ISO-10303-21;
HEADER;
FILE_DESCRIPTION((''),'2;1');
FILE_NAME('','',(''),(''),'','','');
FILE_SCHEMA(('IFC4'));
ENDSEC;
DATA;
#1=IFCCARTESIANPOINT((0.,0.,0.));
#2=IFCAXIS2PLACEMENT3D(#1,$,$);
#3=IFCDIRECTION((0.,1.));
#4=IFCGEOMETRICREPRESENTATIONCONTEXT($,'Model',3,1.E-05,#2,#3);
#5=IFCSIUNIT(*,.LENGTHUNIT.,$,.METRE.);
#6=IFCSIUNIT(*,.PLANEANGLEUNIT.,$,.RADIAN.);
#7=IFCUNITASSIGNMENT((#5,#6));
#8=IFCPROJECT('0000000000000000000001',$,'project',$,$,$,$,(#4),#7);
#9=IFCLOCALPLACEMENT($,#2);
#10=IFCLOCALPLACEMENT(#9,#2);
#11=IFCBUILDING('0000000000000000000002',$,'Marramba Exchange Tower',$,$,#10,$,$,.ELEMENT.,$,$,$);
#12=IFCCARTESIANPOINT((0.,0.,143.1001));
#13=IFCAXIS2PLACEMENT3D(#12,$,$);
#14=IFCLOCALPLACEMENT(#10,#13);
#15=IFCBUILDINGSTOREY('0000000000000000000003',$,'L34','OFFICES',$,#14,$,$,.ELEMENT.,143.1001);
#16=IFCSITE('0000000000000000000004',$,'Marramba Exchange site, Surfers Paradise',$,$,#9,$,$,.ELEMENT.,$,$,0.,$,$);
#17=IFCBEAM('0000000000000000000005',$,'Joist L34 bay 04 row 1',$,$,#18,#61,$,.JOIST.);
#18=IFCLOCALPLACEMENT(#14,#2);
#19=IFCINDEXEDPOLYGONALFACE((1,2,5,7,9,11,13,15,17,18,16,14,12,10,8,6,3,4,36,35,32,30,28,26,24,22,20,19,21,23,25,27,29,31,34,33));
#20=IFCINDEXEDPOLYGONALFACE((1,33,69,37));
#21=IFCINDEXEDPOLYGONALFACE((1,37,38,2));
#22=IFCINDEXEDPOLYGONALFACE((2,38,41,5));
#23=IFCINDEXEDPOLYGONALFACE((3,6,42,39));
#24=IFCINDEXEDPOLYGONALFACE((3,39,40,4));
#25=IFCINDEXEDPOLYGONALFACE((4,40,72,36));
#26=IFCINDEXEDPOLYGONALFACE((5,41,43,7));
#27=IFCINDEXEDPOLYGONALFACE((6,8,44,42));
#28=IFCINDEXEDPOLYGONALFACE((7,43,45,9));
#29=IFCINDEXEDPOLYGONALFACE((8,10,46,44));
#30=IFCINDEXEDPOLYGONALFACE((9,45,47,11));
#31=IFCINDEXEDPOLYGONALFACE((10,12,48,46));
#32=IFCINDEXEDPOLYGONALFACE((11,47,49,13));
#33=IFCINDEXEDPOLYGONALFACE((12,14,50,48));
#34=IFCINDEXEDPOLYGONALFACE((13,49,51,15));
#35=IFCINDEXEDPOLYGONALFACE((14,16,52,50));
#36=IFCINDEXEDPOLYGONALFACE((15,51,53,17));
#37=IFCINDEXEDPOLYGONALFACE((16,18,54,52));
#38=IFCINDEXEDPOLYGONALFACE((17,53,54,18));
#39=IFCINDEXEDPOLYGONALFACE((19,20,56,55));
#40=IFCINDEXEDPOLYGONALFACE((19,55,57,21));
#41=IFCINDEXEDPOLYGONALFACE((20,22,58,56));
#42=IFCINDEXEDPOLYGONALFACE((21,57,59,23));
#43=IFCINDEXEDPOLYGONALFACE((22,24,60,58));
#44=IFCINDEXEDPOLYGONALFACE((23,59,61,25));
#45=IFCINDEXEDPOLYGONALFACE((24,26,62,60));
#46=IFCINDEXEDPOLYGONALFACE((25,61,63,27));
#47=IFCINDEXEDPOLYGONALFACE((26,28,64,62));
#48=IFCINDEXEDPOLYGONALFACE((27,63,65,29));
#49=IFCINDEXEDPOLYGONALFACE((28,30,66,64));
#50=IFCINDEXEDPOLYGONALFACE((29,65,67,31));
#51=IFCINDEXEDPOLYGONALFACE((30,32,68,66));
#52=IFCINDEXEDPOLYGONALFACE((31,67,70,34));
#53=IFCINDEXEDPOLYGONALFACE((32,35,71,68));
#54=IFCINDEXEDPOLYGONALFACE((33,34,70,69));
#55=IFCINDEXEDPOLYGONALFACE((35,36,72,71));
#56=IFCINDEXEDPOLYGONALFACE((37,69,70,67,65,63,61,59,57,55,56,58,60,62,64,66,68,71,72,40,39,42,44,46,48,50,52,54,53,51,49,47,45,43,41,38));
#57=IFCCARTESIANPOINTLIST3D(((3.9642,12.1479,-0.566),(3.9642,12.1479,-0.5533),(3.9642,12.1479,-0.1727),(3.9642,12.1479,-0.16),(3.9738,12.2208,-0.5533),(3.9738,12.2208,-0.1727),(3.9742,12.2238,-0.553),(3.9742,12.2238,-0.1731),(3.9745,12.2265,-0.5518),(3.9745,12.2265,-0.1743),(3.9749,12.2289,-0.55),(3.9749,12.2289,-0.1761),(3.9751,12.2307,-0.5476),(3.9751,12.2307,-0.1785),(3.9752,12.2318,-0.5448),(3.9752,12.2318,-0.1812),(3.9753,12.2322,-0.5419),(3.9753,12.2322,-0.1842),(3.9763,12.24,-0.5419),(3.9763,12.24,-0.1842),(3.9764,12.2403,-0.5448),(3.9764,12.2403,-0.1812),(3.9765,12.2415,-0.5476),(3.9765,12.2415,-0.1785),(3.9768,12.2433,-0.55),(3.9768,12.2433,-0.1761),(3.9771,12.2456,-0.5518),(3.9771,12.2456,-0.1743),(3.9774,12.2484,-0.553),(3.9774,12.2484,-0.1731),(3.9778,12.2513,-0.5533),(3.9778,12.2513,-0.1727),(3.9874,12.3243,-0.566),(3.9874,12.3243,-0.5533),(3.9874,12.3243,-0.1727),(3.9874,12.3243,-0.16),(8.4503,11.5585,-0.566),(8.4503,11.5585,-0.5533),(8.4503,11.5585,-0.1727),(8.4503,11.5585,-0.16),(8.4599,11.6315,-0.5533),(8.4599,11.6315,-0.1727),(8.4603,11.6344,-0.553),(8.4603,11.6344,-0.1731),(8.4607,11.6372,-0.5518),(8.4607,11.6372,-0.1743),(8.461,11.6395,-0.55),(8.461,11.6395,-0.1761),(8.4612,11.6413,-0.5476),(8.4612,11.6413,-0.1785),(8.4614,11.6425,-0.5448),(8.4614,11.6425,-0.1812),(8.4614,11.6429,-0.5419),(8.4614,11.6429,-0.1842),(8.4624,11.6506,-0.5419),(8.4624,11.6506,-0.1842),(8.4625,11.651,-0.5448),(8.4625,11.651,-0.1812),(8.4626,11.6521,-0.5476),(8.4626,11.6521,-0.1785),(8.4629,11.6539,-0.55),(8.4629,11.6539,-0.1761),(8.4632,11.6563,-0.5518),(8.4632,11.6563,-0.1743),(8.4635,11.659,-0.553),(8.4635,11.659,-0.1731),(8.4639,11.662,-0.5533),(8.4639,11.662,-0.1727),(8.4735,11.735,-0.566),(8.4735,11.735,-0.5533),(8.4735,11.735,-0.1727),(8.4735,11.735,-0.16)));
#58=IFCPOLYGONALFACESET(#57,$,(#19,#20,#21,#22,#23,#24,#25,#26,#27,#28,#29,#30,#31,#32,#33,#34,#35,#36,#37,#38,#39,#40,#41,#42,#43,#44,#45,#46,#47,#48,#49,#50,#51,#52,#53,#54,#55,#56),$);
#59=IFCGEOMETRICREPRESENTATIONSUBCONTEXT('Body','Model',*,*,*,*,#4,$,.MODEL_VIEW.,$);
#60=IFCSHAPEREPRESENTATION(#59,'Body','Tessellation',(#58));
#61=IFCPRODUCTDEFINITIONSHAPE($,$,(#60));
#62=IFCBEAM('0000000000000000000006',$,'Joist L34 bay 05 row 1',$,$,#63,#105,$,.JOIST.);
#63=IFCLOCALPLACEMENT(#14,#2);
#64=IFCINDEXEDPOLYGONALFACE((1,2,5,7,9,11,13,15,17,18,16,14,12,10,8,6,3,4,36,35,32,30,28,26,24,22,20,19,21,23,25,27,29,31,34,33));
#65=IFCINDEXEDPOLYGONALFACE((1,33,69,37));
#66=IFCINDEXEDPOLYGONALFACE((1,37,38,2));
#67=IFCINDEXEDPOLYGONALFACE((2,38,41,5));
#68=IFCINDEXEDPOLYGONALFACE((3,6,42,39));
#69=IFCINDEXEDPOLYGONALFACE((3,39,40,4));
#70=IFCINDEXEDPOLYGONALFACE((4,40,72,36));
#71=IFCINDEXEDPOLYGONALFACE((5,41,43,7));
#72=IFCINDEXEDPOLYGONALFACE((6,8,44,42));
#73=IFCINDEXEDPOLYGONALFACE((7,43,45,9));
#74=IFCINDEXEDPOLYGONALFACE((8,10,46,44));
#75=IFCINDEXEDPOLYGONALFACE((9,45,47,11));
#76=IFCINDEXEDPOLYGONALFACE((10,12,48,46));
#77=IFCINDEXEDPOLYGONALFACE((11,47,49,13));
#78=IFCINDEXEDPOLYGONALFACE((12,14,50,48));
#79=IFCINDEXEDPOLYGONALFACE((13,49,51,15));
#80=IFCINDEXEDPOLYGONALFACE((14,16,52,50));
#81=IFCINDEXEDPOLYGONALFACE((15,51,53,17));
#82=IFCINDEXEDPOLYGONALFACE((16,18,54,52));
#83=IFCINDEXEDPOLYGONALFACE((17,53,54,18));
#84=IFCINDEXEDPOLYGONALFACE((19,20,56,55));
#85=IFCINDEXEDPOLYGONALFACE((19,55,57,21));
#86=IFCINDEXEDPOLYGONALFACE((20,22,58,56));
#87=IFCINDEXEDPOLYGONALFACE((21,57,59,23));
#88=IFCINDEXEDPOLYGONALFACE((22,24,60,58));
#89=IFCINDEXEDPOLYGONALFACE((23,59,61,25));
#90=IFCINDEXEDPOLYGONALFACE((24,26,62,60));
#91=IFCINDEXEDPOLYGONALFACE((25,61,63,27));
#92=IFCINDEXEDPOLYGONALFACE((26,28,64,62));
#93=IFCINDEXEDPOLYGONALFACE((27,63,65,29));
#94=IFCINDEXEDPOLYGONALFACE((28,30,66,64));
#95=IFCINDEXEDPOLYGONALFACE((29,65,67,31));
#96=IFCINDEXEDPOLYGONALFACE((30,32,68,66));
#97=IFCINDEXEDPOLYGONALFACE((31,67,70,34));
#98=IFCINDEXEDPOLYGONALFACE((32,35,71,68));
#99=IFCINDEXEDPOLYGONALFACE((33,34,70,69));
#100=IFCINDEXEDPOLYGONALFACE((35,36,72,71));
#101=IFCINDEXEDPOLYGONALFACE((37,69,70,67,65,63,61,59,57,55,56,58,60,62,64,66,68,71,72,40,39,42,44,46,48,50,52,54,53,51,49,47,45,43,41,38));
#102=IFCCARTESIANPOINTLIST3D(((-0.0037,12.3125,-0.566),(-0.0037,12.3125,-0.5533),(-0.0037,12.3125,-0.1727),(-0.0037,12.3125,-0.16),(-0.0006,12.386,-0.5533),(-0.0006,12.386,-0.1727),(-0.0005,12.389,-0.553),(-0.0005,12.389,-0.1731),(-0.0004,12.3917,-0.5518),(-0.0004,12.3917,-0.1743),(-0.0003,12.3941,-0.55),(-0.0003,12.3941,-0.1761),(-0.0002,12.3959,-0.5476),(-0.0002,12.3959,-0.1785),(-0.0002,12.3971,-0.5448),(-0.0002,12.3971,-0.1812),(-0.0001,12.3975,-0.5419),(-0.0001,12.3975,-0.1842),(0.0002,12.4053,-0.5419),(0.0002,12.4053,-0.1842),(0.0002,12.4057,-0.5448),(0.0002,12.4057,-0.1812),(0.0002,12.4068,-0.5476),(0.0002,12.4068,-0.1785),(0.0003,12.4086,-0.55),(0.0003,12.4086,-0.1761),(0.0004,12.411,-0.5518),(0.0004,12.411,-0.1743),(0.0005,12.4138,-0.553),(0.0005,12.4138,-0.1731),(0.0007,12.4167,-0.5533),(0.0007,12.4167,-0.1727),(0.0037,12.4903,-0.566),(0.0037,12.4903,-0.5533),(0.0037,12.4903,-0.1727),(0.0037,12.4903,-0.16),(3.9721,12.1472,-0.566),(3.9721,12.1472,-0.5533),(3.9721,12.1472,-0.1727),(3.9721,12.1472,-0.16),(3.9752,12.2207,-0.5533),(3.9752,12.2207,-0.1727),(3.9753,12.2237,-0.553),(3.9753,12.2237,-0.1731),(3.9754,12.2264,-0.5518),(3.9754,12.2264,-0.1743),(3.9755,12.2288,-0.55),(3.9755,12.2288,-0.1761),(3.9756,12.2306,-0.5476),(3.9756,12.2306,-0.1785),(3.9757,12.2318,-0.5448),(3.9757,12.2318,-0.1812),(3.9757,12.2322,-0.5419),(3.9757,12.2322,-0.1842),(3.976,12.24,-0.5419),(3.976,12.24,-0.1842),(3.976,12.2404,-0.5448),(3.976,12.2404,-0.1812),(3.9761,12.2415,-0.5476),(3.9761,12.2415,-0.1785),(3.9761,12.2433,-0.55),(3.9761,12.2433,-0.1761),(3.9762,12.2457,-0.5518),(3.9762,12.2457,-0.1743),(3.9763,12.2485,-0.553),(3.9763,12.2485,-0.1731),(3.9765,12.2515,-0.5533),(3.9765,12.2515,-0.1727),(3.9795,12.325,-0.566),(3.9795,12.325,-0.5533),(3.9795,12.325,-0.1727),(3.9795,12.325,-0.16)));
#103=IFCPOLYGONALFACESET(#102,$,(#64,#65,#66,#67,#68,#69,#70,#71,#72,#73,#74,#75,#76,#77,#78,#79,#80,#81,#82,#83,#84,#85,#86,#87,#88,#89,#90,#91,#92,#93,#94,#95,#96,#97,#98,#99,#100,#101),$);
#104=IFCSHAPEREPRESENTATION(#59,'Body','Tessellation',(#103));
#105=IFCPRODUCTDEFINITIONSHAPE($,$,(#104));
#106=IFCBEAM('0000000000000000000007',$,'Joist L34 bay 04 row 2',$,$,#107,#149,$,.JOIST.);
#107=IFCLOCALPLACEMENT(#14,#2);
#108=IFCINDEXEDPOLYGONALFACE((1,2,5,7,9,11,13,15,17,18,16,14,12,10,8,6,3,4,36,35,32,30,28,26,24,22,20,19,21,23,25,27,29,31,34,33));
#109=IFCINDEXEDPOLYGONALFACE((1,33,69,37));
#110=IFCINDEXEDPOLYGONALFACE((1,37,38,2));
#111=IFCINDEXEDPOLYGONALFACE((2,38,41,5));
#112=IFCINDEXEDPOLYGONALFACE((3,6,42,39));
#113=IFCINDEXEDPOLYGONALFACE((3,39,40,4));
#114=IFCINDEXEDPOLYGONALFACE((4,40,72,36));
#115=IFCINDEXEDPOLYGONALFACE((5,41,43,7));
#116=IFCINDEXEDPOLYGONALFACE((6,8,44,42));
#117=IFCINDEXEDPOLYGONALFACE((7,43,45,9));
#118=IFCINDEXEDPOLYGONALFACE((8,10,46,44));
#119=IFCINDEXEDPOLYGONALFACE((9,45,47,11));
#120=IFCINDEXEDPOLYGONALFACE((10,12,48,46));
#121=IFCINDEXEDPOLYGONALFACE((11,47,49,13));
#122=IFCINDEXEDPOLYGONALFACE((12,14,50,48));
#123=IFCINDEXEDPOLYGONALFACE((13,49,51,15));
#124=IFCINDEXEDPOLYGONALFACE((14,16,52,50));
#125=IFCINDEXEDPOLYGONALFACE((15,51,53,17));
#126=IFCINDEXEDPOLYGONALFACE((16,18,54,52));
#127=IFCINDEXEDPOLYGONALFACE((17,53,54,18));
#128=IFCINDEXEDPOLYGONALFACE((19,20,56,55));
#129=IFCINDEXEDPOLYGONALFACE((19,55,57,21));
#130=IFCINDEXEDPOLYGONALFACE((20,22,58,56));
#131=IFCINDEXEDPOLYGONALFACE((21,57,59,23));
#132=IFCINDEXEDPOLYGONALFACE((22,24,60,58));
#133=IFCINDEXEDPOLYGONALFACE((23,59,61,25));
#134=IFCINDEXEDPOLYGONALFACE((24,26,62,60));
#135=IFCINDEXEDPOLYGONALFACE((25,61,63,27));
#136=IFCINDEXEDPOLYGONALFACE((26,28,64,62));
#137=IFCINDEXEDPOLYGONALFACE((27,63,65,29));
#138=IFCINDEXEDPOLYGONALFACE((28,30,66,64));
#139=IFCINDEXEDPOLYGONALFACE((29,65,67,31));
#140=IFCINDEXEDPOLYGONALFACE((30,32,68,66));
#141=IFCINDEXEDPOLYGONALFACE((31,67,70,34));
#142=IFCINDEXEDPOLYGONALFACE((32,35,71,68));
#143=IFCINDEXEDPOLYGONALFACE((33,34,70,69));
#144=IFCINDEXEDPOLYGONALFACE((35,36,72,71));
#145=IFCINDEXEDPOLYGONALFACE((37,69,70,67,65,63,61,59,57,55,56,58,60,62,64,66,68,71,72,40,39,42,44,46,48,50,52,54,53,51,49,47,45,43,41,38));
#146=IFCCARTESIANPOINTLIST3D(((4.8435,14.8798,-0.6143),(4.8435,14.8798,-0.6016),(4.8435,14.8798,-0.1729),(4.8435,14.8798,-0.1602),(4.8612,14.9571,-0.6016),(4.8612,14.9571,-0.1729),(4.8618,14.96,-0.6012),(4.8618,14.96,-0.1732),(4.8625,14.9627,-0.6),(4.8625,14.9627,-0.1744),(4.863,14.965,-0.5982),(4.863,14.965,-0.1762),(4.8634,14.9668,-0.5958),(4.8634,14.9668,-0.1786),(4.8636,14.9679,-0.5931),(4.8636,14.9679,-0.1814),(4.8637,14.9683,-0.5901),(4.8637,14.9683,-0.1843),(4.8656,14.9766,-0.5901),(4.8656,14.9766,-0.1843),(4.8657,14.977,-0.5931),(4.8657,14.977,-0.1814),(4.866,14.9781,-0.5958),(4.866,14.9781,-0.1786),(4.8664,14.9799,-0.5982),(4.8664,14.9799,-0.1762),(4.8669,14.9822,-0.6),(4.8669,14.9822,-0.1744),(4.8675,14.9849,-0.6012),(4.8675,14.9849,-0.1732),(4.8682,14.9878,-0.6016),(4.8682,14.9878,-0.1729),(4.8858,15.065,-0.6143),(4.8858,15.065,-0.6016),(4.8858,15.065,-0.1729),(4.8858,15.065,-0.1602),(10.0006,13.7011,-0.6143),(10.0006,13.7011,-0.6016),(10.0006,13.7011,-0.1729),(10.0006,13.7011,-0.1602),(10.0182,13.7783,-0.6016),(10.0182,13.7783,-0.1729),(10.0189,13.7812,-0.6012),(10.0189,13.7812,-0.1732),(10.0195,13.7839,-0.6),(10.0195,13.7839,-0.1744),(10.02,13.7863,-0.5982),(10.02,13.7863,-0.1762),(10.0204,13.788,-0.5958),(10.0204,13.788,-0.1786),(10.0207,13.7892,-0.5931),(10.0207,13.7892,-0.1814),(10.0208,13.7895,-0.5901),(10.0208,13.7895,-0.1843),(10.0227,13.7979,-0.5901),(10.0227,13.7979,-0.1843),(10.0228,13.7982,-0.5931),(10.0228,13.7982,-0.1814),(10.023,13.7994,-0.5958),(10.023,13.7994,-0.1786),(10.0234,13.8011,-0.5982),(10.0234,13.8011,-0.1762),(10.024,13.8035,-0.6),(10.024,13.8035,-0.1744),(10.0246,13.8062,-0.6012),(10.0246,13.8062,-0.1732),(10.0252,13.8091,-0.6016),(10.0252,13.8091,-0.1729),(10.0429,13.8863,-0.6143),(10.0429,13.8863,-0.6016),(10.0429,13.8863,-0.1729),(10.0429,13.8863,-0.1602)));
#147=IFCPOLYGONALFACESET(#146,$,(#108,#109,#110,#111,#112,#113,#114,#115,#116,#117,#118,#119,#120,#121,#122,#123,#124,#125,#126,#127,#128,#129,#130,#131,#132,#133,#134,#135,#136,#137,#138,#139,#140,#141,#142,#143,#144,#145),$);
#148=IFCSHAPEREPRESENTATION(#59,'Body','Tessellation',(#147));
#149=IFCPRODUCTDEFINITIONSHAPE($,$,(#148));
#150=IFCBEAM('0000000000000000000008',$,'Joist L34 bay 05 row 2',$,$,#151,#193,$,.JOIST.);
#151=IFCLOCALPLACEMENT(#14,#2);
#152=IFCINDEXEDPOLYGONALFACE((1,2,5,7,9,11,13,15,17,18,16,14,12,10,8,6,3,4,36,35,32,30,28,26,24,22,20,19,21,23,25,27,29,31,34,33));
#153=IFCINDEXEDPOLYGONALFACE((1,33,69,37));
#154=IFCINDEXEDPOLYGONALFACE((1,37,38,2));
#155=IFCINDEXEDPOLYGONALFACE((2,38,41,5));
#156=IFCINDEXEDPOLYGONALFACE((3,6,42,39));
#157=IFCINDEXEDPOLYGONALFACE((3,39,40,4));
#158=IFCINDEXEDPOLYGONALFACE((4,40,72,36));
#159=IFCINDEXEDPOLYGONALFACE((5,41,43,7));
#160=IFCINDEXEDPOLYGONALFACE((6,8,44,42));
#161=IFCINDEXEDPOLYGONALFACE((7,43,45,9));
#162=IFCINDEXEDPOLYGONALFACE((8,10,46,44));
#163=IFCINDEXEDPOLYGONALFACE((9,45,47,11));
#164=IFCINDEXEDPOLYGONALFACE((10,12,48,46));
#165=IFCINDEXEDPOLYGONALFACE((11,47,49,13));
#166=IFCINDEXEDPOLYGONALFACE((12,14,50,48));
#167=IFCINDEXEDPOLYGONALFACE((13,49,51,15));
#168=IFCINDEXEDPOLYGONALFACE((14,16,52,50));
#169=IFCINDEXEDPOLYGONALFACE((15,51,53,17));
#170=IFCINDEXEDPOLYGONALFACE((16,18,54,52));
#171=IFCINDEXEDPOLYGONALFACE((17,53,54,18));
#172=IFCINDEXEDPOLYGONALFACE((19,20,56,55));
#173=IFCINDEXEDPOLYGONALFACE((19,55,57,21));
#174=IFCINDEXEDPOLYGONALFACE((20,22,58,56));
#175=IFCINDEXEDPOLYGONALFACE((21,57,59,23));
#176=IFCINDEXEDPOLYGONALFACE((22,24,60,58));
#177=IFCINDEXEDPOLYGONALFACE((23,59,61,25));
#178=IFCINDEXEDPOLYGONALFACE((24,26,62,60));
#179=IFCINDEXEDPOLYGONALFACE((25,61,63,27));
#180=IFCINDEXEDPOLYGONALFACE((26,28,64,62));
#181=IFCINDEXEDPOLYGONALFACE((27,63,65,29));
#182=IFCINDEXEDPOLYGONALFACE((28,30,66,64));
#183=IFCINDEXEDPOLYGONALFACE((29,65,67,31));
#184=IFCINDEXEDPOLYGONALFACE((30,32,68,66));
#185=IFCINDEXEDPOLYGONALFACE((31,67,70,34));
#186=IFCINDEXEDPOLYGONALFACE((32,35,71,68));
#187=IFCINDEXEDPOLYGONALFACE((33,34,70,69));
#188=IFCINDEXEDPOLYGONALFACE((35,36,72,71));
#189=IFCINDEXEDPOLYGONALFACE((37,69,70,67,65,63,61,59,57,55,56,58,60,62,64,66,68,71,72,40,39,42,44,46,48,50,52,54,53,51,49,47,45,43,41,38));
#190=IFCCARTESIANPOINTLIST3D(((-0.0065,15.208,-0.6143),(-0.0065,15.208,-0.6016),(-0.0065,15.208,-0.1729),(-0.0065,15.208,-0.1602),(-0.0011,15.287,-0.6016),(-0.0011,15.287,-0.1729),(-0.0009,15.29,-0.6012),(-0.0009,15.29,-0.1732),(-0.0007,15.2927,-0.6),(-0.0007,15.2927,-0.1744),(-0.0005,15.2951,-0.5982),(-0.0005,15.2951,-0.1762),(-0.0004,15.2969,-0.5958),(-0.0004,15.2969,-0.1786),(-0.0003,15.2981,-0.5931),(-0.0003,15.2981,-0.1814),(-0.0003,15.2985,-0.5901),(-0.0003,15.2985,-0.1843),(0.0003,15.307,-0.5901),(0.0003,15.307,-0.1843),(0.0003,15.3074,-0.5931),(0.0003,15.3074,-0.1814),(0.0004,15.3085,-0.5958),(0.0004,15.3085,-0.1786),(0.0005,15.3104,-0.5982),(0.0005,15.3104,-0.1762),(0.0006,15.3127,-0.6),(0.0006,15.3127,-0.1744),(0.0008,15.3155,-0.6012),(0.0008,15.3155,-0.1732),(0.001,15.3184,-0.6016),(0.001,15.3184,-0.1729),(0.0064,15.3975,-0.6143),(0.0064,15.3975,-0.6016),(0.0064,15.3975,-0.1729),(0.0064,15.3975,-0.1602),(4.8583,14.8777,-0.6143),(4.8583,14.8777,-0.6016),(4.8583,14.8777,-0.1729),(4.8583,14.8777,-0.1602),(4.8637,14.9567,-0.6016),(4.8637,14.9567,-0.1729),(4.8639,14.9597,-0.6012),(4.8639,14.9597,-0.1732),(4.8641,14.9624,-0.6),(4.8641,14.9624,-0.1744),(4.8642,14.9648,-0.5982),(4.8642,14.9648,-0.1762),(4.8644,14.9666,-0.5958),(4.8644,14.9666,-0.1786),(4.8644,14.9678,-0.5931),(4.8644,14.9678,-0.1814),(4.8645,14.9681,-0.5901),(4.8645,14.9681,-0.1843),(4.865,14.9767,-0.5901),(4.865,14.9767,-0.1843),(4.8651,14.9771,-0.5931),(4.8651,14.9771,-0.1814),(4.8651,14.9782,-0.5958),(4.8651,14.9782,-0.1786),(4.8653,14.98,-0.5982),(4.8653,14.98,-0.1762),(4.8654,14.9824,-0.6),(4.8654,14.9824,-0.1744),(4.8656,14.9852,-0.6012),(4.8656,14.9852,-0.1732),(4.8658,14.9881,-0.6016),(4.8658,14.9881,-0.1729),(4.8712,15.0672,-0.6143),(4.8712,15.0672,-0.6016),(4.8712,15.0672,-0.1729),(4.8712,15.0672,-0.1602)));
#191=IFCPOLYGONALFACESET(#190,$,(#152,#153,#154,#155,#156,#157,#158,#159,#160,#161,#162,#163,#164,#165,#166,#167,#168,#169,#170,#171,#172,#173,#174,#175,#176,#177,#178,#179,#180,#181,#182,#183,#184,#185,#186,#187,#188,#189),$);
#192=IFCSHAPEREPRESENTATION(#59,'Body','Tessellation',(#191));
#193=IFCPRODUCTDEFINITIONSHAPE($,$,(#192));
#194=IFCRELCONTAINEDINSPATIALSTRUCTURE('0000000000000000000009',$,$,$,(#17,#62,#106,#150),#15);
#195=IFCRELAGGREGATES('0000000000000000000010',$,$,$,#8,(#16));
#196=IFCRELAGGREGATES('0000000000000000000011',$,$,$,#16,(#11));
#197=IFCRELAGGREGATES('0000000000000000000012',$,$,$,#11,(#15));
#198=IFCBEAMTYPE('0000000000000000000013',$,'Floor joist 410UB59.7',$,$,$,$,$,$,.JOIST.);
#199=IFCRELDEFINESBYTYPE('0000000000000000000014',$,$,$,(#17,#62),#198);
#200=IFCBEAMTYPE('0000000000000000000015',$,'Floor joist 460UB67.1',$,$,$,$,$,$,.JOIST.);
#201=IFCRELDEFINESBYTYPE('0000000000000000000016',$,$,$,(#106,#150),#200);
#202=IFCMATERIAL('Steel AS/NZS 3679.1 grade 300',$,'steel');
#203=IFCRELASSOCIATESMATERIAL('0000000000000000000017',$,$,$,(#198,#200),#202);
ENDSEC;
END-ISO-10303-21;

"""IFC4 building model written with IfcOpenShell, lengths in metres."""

from ifc_helpers import new_model, si_unit, direction, frame, origin, origin_2d, place, context, subcontext, project, spatial, i_section, extrude, material, material_profile, profile_set, type_object, element, save


model = new_model("IFC4")

# Units and contexts
model_context = context("Model", 3, precision=1e-05, world=origin(), true_north=direction((0.0, 1.0)))
body_context = subcontext(model_context, "Body", "Model", "MODEL_VIEW")
ifc_project = project(units=[si_unit("LENGTHUNIT", "METRE"), si_unit("PLANEANGLEUNIT", "RADIAN")], contexts=[model_context])

# Site, building, storey
site_placement = place(None, origin())
site = spatial("IfcSite", under=ifc_project, at=site_placement, Name="Marramba Exchange site, Surfers Paradise", CompositionType="ELEMENT", RefElevation=0.0)
building_placement = place(site_placement, origin())
building = spatial("IfcBuilding", under=site, at=building_placement, Name="Marramba Exchange Tower", CompositionType="ELEMENT")
storey_placement = place(building_placement, frame((0.0, 0.0, 143.1001)))
storey = spatial("IfcBuildingStorey", under=building, at=storey_placement, Name="L34", Description="OFFICES", CompositionType="ELEMENT", Elevation=143.1001)

# Beams
ifc_material_1 = material(Name="Steel AS/NZS 3679.1 grade 300", Category="steel")
ifc_material_profile_1 = material_profile(ifc_material_1, i_section(OverallWidth=0.178, OverallDepth=0.406, WebThickness=0.0078, FlangeThickness=0.0127, FilletRadius=0.0115, at=origin_2d()), Name="410UB59.7")
ifc_profile_set_1 = profile_set([ifc_material_profile_1], Name="Steel AS/NZS 3679.1 grade 300")
beam_type_1 = type_object("IfcBeamType", Name="Floor joist 410UB59.7", PredefinedType="JOIST", material=ifc_profile_set_1)
beam_1_placement = place(storey_placement, frame((8.4619, 11.6467, -0.363), z_axis=(-0.991481, 0.130255, 0.0), x_axis=(-0.130255, -0.991481, 0.0)))
element("IfcBeam", 1, at=beam_1_placement, inside=storey, type_object=beam_type_1, Name="Joist L34 bay 04 row 1", PredefinedType="JOIST", context=body_context, shape_type="SweptSolid", body=[
    extrude(i_section(OverallWidth=0.178, OverallDepth=0.406, WebThickness=0.0078, FlangeThickness=0.0127, FilletRadius=0.0115, at=origin_2d()), origin(), (0.0, 0.0, 1.0), 4.5247),
])
beam_2_placement = place(storey_placement, frame((3.9758, 12.2361, -0.363), z_axis=(-0.999137, 0.041536, 0.0), x_axis=(-0.041536, -0.999137, 0.0)))
element("IfcBeam", 2, at=beam_2_placement, inside=storey, type_object=beam_type_1, Name="Joist L34 bay 05 row 1", PredefinedType="JOIST", context=body_context, shape_type="SweptSolid", body=[
    extrude(i_section(OverallWidth=0.178, OverallDepth=0.406, WebThickness=0.0078, FlangeThickness=0.0127, FilletRadius=0.0115, at=origin_2d()), origin(), (0.0, 0.0, 1.0), 3.9792),
])
ifc_material_profile_2 = material_profile(ifc_material_1, i_section(OverallWidth=0.1899, OverallDepth=0.4541, WebThickness=0.0085, FlangeThickness=0.0127, FilletRadius=0.0115, at=origin_2d()), Name="460UB67.1")
ifc_profile_set_2 = profile_set([ifc_material_profile_2], Name="Steel AS/NZS 3679.1 grade 300")
beam_type_2 = type_object("IfcBeamType", Name="Floor joist 460UB67.1", PredefinedType="JOIST", material=ifc_profile_set_2)
beam_3_placement = place(storey_placement, frame((10.0217, 13.7937, -0.3872), z_axis=(-0.97486, 0.22282, 0.0), x_axis=(-0.22282, -0.97486, 0.0)))
element("IfcBeam", 3, at=beam_3_placement, inside=storey, type_object=beam_type_2, Name="Joist L34 bay 04 row 2", PredefinedType="JOIST", context=body_context, shape_type="SweptSolid", body=[
    extrude(i_section(OverallWidth=0.1899, OverallDepth=0.4541, WebThickness=0.0085, FlangeThickness=0.0127, FilletRadius=0.0115, at=origin_2d()), origin(), (0.0, 0.0, 1.0), 5.29),
])
beam_4_placement = place(storey_placement, frame((4.8647, 14.9724, -0.3872), z_axis=(-0.997703, 0.067745, 0.0), x_axis=(-0.067745, -0.997703, 0.0)))
element("IfcBeam", 4, at=beam_4_placement, inside=storey, type_object=beam_type_2, Name="Joist L34 bay 05 row 2", PredefinedType="JOIST", context=body_context, shape_type="SweptSolid", body=[
    extrude(i_section(OverallWidth=0.1899, OverallDepth=0.4541, WebThickness=0.0085, FlangeThickness=0.0127, FilletRadius=0.0115, at=origin_2d()), origin(), (0.0, 0.0, 1.0), 4.876),
])

save(model, "model.ifc")
